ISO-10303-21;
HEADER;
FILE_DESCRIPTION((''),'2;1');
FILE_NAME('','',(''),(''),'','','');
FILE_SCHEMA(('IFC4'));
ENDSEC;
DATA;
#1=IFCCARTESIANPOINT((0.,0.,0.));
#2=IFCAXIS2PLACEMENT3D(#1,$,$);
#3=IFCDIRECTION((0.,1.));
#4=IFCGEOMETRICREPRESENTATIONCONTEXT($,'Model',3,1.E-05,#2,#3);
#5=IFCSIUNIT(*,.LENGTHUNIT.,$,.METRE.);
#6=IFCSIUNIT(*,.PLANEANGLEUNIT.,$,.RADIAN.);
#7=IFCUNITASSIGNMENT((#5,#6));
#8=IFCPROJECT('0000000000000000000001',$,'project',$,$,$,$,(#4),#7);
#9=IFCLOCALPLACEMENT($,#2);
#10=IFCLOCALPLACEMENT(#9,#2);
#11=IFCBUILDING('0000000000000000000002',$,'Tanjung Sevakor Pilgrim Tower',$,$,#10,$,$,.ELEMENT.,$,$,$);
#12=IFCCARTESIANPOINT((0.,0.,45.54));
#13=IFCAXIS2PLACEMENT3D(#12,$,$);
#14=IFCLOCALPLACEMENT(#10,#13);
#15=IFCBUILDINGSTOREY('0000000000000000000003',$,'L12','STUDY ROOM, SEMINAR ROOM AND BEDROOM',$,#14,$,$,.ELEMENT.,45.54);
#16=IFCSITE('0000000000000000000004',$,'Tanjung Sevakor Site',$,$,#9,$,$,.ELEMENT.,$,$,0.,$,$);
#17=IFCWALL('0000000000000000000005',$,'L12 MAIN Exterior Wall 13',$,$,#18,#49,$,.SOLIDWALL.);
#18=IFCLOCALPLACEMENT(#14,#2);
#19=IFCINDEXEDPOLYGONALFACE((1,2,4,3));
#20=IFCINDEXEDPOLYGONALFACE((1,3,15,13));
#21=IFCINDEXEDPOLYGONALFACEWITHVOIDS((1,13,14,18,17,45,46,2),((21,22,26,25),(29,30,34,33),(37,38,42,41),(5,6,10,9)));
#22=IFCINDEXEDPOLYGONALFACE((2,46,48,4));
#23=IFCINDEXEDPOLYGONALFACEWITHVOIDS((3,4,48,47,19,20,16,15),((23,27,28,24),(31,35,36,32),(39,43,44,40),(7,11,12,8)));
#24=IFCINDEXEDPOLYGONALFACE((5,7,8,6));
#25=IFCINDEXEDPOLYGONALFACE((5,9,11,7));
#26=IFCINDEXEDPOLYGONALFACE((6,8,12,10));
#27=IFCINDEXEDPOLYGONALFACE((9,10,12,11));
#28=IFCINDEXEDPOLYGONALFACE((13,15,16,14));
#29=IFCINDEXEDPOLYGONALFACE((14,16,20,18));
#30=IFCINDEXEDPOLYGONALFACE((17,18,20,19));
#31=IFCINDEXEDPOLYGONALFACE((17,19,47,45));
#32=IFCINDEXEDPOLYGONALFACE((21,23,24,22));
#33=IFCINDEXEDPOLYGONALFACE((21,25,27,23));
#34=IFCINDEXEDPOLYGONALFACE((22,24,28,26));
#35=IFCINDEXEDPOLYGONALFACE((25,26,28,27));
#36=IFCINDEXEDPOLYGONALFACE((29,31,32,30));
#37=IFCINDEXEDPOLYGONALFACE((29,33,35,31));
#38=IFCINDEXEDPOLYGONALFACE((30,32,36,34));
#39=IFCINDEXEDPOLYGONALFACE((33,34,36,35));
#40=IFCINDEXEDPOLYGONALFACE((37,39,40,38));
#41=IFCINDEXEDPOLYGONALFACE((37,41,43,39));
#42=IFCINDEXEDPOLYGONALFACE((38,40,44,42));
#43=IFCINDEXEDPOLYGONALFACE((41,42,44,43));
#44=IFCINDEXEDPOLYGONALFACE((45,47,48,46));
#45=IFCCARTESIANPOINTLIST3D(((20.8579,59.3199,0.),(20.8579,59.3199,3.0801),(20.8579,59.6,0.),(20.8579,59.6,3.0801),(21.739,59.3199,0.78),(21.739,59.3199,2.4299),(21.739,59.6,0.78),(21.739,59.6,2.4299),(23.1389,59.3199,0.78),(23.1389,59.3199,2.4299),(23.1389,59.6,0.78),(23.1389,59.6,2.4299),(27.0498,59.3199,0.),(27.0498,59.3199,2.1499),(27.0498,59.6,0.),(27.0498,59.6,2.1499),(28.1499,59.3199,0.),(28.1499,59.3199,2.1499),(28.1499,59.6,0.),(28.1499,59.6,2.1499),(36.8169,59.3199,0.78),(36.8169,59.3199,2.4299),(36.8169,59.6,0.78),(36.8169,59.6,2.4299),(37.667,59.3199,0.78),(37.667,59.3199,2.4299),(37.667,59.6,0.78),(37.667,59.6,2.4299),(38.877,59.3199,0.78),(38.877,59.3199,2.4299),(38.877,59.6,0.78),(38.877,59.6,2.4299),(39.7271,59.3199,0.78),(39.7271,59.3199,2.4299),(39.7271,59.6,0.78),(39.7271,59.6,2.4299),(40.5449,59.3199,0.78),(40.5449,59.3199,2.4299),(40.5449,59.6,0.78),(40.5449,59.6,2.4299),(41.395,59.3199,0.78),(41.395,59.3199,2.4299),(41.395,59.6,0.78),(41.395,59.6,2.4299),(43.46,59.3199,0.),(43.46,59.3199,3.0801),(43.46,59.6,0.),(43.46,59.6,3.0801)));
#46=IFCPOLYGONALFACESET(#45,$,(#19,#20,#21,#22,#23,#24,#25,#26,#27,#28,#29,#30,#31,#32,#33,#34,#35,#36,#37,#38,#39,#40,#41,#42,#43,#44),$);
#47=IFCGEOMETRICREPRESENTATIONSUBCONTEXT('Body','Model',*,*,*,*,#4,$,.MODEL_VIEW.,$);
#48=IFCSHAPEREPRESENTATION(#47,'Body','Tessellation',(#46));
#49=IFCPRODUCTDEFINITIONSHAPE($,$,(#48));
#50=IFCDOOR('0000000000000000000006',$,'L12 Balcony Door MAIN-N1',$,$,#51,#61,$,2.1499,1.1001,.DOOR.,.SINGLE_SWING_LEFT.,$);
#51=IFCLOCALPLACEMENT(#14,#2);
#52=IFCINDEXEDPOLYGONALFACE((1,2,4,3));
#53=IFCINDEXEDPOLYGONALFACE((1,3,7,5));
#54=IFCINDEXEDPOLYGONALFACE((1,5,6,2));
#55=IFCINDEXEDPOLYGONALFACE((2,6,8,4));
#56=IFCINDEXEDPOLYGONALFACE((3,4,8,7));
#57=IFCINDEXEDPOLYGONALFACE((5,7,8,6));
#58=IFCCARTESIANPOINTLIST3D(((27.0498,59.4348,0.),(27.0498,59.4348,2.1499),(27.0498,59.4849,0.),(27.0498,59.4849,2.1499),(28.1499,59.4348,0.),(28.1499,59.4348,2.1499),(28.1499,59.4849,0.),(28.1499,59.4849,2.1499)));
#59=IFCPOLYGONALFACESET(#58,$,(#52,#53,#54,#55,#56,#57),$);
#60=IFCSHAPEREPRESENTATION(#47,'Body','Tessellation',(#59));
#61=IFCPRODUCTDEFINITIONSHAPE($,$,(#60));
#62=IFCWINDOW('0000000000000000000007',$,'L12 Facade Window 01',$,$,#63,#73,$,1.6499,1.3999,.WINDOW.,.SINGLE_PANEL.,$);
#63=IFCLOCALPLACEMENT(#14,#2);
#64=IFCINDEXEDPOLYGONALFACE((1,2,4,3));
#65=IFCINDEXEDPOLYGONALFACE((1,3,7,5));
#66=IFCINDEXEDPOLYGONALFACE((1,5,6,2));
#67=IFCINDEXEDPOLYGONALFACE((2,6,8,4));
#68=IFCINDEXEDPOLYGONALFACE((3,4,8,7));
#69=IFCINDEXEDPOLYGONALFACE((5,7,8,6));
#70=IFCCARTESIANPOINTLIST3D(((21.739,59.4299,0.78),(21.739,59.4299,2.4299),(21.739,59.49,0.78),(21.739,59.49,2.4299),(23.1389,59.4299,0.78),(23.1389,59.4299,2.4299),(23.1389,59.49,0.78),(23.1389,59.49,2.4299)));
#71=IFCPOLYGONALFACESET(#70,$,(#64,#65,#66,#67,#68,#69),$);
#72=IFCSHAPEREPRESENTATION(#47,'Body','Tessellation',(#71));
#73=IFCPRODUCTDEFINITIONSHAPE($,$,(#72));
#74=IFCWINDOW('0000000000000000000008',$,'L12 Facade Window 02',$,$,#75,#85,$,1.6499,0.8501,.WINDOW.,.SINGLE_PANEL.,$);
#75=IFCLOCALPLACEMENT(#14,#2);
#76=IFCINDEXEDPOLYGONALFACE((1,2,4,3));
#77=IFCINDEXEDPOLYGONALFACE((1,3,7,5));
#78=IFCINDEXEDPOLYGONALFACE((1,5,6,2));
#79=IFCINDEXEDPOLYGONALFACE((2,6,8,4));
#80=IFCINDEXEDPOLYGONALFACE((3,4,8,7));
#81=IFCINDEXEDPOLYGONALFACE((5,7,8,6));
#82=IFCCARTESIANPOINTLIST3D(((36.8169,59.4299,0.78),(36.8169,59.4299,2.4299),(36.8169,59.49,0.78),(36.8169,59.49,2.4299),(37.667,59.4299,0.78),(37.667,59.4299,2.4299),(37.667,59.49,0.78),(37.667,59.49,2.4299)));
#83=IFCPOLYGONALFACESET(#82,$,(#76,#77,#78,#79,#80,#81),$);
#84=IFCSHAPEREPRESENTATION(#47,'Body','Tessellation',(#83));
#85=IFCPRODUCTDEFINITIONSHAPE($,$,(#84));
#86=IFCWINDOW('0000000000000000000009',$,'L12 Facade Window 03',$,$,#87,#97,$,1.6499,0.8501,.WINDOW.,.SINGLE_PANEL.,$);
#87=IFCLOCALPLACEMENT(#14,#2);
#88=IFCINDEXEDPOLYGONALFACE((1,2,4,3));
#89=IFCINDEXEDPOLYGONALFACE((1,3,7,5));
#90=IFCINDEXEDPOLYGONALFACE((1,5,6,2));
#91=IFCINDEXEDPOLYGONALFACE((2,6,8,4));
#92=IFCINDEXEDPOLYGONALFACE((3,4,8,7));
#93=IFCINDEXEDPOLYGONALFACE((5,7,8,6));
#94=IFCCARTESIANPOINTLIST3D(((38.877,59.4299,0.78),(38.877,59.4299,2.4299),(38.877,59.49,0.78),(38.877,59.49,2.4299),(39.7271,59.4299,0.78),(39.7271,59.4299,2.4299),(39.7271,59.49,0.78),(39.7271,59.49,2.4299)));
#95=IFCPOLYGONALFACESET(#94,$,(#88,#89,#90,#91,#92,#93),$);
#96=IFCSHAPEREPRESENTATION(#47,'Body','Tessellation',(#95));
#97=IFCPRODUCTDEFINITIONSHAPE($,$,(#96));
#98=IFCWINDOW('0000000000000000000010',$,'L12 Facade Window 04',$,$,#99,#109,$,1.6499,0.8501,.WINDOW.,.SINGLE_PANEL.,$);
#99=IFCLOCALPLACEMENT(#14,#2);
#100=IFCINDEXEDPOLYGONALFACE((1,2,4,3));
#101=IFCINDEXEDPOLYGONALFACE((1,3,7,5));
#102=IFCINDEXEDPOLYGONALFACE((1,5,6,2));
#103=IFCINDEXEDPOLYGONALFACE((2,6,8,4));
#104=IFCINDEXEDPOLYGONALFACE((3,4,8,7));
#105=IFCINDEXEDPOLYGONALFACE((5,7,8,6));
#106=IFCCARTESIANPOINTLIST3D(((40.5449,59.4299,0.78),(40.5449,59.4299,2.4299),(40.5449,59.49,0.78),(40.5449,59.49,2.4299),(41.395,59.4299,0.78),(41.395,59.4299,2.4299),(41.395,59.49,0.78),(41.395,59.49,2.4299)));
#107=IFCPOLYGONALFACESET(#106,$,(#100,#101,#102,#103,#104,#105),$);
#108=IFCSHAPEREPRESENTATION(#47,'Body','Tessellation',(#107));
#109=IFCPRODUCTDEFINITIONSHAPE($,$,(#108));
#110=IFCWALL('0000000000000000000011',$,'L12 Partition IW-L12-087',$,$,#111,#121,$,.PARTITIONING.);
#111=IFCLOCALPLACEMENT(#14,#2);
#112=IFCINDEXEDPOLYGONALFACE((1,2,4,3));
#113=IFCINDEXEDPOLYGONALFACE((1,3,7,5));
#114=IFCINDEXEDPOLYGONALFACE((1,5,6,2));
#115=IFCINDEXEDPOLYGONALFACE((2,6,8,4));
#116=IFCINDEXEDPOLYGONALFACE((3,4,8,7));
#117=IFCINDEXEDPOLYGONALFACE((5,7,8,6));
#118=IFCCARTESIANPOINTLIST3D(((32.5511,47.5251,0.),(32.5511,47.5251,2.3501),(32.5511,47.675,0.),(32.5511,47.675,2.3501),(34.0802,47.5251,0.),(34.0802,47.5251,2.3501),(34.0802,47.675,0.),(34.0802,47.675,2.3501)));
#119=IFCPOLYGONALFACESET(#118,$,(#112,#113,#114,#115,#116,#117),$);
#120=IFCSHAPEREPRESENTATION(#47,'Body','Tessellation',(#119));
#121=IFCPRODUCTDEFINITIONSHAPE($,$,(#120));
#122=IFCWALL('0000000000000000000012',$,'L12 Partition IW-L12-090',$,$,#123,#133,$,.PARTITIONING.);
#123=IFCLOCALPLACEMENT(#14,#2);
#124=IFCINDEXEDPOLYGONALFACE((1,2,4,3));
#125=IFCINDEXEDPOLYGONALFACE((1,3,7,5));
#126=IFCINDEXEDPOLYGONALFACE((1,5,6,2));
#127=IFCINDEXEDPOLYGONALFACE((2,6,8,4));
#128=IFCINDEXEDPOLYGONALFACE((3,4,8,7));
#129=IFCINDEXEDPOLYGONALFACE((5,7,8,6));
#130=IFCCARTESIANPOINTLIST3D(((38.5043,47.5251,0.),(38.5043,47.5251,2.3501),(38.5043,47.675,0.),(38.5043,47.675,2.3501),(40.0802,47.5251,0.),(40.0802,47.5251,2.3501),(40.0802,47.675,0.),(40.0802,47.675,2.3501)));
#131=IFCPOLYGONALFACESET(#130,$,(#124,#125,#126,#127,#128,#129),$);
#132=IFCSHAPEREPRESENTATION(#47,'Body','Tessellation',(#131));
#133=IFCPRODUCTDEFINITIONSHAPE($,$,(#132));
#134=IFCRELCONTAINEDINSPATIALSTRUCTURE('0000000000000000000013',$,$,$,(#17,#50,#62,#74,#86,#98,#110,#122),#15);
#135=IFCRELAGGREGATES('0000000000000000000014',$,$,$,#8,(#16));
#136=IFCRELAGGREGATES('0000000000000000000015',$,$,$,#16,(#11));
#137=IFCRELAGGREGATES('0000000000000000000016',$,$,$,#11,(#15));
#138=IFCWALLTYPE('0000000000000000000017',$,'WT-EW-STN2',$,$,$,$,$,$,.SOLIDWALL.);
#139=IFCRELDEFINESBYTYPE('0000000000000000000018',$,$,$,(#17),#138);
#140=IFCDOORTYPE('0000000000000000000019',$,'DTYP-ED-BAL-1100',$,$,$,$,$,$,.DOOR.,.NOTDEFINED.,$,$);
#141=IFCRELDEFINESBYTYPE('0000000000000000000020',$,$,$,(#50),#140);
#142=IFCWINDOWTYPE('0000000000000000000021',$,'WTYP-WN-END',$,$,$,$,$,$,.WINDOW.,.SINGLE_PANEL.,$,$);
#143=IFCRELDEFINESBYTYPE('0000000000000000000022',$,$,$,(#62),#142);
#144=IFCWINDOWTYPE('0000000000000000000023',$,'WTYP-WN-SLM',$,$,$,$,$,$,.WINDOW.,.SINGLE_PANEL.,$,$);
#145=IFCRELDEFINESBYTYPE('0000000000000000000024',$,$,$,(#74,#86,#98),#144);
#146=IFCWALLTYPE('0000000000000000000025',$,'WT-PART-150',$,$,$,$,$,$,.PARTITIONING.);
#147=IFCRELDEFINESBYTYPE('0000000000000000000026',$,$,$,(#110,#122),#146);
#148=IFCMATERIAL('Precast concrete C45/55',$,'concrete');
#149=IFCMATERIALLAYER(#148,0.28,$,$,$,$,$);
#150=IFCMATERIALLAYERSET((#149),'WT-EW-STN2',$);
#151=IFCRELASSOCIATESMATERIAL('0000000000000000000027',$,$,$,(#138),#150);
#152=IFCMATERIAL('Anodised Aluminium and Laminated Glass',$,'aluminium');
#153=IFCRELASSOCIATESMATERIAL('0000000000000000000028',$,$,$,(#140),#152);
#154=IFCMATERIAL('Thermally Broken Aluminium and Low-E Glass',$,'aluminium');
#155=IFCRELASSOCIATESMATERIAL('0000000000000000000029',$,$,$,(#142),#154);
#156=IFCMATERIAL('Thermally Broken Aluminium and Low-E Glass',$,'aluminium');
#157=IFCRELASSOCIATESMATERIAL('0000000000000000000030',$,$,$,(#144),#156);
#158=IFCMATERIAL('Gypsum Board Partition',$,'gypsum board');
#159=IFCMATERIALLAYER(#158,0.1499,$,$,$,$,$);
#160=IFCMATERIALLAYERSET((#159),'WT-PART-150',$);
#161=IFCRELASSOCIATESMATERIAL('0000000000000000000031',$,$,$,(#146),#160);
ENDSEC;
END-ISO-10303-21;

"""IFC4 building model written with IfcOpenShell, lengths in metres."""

from ifc_helpers import new_model, si_unit, direction, frame, frame_2d, origin, place, context, subcontext, project, spatial, rectangle, extrude, material, layer, layer_set, type_object, element, fill, save


model = new_model("IFC4")

# Units and contexts
model_context = context("Model", 3, precision=1e-05, world=origin(), true_north=direction((0.0, 1.0)))
body_context = subcontext(model_context, "Body", "Model", "MODEL_VIEW")
ifc_project = project(units=[si_unit("LENGTHUNIT", "METRE"), si_unit("PLANEANGLEUNIT", "RADIAN")], contexts=[model_context])

# Site, building, storey
site_placement = place(None, origin())
site = spatial("IfcSite", under=ifc_project, at=site_placement, Name="Tanjung Sevakor Site", CompositionType="ELEMENT", RefElevation=0.0)
building_placement = place(site_placement, origin())
building = spatial("IfcBuilding", under=site, at=building_placement, Name="Tanjung Sevakor Pilgrim Tower", CompositionType="ELEMENT")
storey_placement = place(building_placement, frame((0.0, 0.0, 45.54)))
storey = spatial("IfcBuildingStorey", under=building, at=storey_placement, Name="L12", Description="STUDY ROOM, SEMINAR ROOM AND BEDROOM", CompositionType="ELEMENT", Elevation=45.54)

# Shared definitions
ifc_material_1 = material(Name="Precast concrete C45/55", Category="concrete")
ifc_layer_1 = layer(ifc_material_1, 0.28)
ifc_layer_set_1 = layer_set([ifc_layer_1], Name="WT-EW-STN2")
wall_type_1 = type_object("IfcWallType", Name="WT-EW-STN2", PredefinedType="SOLIDWALL", material=ifc_layer_set_1)

# Wall, openings, door, windows
wall_1_placement = place(storey_placement, frame((43.46, 59.46, 0.0), z_axis=(0.0, 0.0, 1.0), x_axis=(-1.0, 0.0, 0.0)))
wall_1 = element("IfcWall", 1, at=wall_1_placement, inside=storey, type_object=wall_type_1, Name="L12 MAIN Exterior Wall 13", PredefinedType="SOLIDWALL", context=body_context, shape_type="SweptSolid", body=[
    extrude(rectangle(XDim=22.6021, YDim=0.28, at=frame_2d((11.301, 0.0))), origin(), (0.0, 0.0, 1.0), 3.0801),
])
opening_1_placement = place(wall_1_placement, frame((15.3101, 0.0, 0.0)))
opening_1 = element("IfcOpeningElement", 2, at=opening_1_placement, cuts=wall_1, PredefinedType="OPENING", context=body_context, shape_type="SweptSolid", body=[
    extrude(rectangle(XDim=1.1001, YDim=2.1499, at=frame_2d((0.55, 1.075))), frame((0.0, 0.1499, 0.0), z_axis=(0.0, -1.0, 0.0), x_axis=(1.0, 0.0, 0.0)), (0.0, 0.0, 1.0), 0.3),
])
opening_2_placement = place(wall_1_placement, frame((20.321, 0.0, 0.78)))
opening_2 = element("IfcOpeningElement", 3, at=opening_2_placement, cuts=wall_1, PredefinedType="OPENING", context=body_context, shape_type="SweptSolid", body=[
    extrude(rectangle(XDim=1.3999, YDim=1.6499, at=frame_2d((0.7, 0.825))), frame((0.0, 0.1499, 0.0), z_axis=(0.0, -1.0, 0.0), x_axis=(1.0, 0.0, 0.0)), (0.0, 0.0, 1.0), 0.3),
])
opening_3_placement = place(wall_1_placement, frame((5.793, 0.0, 0.78)))
opening_3 = element("IfcOpeningElement", 4, at=opening_3_placement, cuts=wall_1, PredefinedType="OPENING", context=body_context, shape_type="SweptSolid", body=[
    extrude(rectangle(XDim=0.8501, YDim=1.6499, at=frame_2d((0.425, 0.825))), frame((0.0, 0.1499, 0.0), z_axis=(0.0, -1.0, 0.0), x_axis=(1.0, 0.0, 0.0)), (0.0, 0.0, 1.0), 0.3),
])
opening_4_placement = place(wall_1_placement, frame((3.7329, 0.0, 0.78)))
opening_4 = element("IfcOpeningElement", 5, at=opening_4_placement, cuts=wall_1, PredefinedType="OPENING", context=body_context, shape_type="SweptSolid", body=[
    extrude(rectangle(XDim=0.8501, YDim=1.6499, at=frame_2d((0.425, 0.825))), frame((0.0, 0.1499, 0.0), z_axis=(0.0, -1.0, 0.0), x_axis=(1.0, 0.0, 0.0)), (0.0, 0.0, 1.0), 0.3),
])
opening_5_placement = place(wall_1_placement, frame((2.0649, 0.0, 0.78)))
opening_5 = element("IfcOpeningElement", 6, at=opening_5_placement, cuts=wall_1, PredefinedType="OPENING", context=body_context, shape_type="SweptSolid", body=[
    extrude(rectangle(XDim=0.8501, YDim=1.6499, at=frame_2d((0.425, 0.825))), frame((0.0, 0.1499, 0.0), z_axis=(0.0, -1.0, 0.0), x_axis=(1.0, 0.0, 0.0)), (0.0, 0.0, 1.0), 0.3),
])
ifc_material_2 = material(Name="Anodised Aluminium and Laminated Glass", Category="aluminium")
door_type_1 = type_object("IfcDoorType", Name="DTYP-ED-BAL-1100", OperationType="NOTDEFINED", PredefinedType="DOOR", material=ifc_material_2)
door_1_placement = place(opening_1_placement, frame((1.1001, 0.0, 0.0), z_axis=(0.0, 0.0, 1.0), x_axis=(-1.0, 0.0, 0.0)))
door_1 = element("IfcDoor", 7, at=door_1_placement, inside=storey, type_object=door_type_1, Name="L12 Balcony Door MAIN-N1", OperationType="SINGLE_SWING_LEFT", OverallHeight=2.1499, OverallWidth=1.1001, PredefinedType="DOOR", context=body_context, shape_type="SweptSolid", body=[
    extrude(rectangle(XDim=1.1001, YDim=2.1499, at=frame_2d((0.55, 1.075))), frame((0.0, 0.0249, 0.0), z_axis=(0.0, -1.0, 0.0), x_axis=(1.0, 0.0, 0.0)), (0.0, 0.0, 1.0), 0.05),
])
fill(opening_1, door_1)
ifc_material_3 = material(Name="Thermally Broken Aluminium and Low-E Glass", Category="aluminium")
window_type_1 = type_object("IfcWindowType", Name="WTYP-WN-END", PartitioningType="SINGLE_PANEL", PredefinedType="WINDOW", material=ifc_material_3)
window_1_placement = place(opening_2_placement, origin())
window_1 = element("IfcWindow", 8, at=window_1_placement, inside=storey, type_object=window_type_1, Name="L12 Facade Window 01", OverallHeight=1.6499, OverallWidth=1.3999, PartitioningType="SINGLE_PANEL", PredefinedType="WINDOW", context=body_context, shape_type="SweptSolid", body=[
    extrude(rectangle(XDim=1.3999, YDim=1.6499, at=frame_2d((0.7, 0.825))), frame((0.0, 0.03, 0.0), z_axis=(0.0, -1.0, 0.0), x_axis=(1.0, 0.0, 0.0)), (0.0, 0.0, 1.0), 0.0601),
])
fill(opening_2, window_1)
ifc_material_4 = material(Name="Thermally Broken Aluminium and Low-E Glass", Category="aluminium")
window_type_2 = type_object("IfcWindowType", Name="WTYP-WN-SLM", PartitioningType="SINGLE_PANEL", PredefinedType="WINDOW", material=ifc_material_4)
window_2_placement = place(opening_3_placement, origin())
window_2 = element("IfcWindow", 9, at=window_2_placement, inside=storey, type_object=window_type_2, Name="L12 Facade Window 02", OverallHeight=1.6499, OverallWidth=0.8501, PartitioningType="SINGLE_PANEL", PredefinedType="WINDOW", context=body_context, shape_type="SweptSolid", body=[
    extrude(rectangle(XDim=0.8501, YDim=1.6499, at=frame_2d((0.425, 0.825))), frame((0.0, 0.03, 0.0), z_axis=(0.0, -1.0, 0.0), x_axis=(1.0, 0.0, 0.0)), (0.0, 0.0, 1.0), 0.0601),
])
fill(opening_3, window_2)
window_3_placement = place(opening_4_placement, origin())
window_3 = element("IfcWindow", 10, at=window_3_placement, inside=storey, type_object=window_type_2, Name="L12 Facade Window 03", OverallHeight=1.6499, OverallWidth=0.8501, PartitioningType="SINGLE_PANEL", PredefinedType="WINDOW", context=body_context, shape_type="SweptSolid", body=[
    extrude(rectangle(XDim=0.8501, YDim=1.6499, at=frame_2d((0.425, 0.825))), frame((0.0, 0.03, 0.0), z_axis=(0.0, -1.0, 0.0), x_axis=(1.0, 0.0, 0.0)), (0.0, 0.0, 1.0), 0.0601),
])
fill(opening_4, window_3)
window_4_placement = place(opening_5_placement, origin())
window_4 = element("IfcWindow", 11, at=window_4_placement, inside=storey, type_object=window_type_2, Name="L12 Facade Window 04", OverallHeight=1.6499, OverallWidth=0.8501, PartitioningType="SINGLE_PANEL", PredefinedType="WINDOW", context=body_context, shape_type="SweptSolid", body=[
    extrude(rectangle(XDim=0.8501, YDim=1.6499, at=frame_2d((0.425, 0.825))), frame((0.0, 0.03, 0.0), z_axis=(0.0, -1.0, 0.0), x_axis=(1.0, 0.0, 0.0)), (0.0, 0.0, 1.0), 0.0601),
])
fill(opening_5, window_4)

# Walls
ifc_material_5 = material(Name="Gypsum Board Partition", Category="gypsum board")
ifc_layer_2 = layer(ifc_material_5, 0.1499)
ifc_layer_set_2 = layer_set([ifc_layer_2], Name="WT-PART-150")
wall_type_2 = type_object("IfcWallType", Name="WT-PART-150", PredefinedType="PARTITIONING", material=ifc_layer_set_2)
wall_2_placement = place(storey_placement, frame((32.551, 47.6001, 0.0), z_axis=(0.0, 0.0, 1.0), x_axis=(1.0, 0.0, 0.0)))
element("IfcWall", 12, at=wall_2_placement, inside=storey, type_object=wall_type_2, Name="L12 Partition IW-L12-087", PredefinedType="PARTITIONING", context=body_context, shape_type="SweptSolid", body=[
    extrude(rectangle(XDim=1.5291, YDim=0.1499, at=frame_2d((0.7646, 0.0))), origin(), (0.0, 0.0, 1.0), 2.3501),
])
wall_3_placement = place(storey_placement, frame((38.5042, 47.6001, 0.0), z_axis=(0.0, 0.0, 1.0), x_axis=(1.0, 0.0, 0.0)))
element("IfcWall", 13, at=wall_3_placement, inside=storey, type_object=wall_type_2, Name="L12 Partition IW-L12-090", PredefinedType="PARTITIONING", context=body_context, shape_type="SweptSolid", body=[
    extrude(rectangle(XDim=1.5759, YDim=0.1499, at=frame_2d((0.7881, 0.0))), origin(), (0.0, 0.0, 1.0), 2.3501),
])

save(model, "model.ifc")
